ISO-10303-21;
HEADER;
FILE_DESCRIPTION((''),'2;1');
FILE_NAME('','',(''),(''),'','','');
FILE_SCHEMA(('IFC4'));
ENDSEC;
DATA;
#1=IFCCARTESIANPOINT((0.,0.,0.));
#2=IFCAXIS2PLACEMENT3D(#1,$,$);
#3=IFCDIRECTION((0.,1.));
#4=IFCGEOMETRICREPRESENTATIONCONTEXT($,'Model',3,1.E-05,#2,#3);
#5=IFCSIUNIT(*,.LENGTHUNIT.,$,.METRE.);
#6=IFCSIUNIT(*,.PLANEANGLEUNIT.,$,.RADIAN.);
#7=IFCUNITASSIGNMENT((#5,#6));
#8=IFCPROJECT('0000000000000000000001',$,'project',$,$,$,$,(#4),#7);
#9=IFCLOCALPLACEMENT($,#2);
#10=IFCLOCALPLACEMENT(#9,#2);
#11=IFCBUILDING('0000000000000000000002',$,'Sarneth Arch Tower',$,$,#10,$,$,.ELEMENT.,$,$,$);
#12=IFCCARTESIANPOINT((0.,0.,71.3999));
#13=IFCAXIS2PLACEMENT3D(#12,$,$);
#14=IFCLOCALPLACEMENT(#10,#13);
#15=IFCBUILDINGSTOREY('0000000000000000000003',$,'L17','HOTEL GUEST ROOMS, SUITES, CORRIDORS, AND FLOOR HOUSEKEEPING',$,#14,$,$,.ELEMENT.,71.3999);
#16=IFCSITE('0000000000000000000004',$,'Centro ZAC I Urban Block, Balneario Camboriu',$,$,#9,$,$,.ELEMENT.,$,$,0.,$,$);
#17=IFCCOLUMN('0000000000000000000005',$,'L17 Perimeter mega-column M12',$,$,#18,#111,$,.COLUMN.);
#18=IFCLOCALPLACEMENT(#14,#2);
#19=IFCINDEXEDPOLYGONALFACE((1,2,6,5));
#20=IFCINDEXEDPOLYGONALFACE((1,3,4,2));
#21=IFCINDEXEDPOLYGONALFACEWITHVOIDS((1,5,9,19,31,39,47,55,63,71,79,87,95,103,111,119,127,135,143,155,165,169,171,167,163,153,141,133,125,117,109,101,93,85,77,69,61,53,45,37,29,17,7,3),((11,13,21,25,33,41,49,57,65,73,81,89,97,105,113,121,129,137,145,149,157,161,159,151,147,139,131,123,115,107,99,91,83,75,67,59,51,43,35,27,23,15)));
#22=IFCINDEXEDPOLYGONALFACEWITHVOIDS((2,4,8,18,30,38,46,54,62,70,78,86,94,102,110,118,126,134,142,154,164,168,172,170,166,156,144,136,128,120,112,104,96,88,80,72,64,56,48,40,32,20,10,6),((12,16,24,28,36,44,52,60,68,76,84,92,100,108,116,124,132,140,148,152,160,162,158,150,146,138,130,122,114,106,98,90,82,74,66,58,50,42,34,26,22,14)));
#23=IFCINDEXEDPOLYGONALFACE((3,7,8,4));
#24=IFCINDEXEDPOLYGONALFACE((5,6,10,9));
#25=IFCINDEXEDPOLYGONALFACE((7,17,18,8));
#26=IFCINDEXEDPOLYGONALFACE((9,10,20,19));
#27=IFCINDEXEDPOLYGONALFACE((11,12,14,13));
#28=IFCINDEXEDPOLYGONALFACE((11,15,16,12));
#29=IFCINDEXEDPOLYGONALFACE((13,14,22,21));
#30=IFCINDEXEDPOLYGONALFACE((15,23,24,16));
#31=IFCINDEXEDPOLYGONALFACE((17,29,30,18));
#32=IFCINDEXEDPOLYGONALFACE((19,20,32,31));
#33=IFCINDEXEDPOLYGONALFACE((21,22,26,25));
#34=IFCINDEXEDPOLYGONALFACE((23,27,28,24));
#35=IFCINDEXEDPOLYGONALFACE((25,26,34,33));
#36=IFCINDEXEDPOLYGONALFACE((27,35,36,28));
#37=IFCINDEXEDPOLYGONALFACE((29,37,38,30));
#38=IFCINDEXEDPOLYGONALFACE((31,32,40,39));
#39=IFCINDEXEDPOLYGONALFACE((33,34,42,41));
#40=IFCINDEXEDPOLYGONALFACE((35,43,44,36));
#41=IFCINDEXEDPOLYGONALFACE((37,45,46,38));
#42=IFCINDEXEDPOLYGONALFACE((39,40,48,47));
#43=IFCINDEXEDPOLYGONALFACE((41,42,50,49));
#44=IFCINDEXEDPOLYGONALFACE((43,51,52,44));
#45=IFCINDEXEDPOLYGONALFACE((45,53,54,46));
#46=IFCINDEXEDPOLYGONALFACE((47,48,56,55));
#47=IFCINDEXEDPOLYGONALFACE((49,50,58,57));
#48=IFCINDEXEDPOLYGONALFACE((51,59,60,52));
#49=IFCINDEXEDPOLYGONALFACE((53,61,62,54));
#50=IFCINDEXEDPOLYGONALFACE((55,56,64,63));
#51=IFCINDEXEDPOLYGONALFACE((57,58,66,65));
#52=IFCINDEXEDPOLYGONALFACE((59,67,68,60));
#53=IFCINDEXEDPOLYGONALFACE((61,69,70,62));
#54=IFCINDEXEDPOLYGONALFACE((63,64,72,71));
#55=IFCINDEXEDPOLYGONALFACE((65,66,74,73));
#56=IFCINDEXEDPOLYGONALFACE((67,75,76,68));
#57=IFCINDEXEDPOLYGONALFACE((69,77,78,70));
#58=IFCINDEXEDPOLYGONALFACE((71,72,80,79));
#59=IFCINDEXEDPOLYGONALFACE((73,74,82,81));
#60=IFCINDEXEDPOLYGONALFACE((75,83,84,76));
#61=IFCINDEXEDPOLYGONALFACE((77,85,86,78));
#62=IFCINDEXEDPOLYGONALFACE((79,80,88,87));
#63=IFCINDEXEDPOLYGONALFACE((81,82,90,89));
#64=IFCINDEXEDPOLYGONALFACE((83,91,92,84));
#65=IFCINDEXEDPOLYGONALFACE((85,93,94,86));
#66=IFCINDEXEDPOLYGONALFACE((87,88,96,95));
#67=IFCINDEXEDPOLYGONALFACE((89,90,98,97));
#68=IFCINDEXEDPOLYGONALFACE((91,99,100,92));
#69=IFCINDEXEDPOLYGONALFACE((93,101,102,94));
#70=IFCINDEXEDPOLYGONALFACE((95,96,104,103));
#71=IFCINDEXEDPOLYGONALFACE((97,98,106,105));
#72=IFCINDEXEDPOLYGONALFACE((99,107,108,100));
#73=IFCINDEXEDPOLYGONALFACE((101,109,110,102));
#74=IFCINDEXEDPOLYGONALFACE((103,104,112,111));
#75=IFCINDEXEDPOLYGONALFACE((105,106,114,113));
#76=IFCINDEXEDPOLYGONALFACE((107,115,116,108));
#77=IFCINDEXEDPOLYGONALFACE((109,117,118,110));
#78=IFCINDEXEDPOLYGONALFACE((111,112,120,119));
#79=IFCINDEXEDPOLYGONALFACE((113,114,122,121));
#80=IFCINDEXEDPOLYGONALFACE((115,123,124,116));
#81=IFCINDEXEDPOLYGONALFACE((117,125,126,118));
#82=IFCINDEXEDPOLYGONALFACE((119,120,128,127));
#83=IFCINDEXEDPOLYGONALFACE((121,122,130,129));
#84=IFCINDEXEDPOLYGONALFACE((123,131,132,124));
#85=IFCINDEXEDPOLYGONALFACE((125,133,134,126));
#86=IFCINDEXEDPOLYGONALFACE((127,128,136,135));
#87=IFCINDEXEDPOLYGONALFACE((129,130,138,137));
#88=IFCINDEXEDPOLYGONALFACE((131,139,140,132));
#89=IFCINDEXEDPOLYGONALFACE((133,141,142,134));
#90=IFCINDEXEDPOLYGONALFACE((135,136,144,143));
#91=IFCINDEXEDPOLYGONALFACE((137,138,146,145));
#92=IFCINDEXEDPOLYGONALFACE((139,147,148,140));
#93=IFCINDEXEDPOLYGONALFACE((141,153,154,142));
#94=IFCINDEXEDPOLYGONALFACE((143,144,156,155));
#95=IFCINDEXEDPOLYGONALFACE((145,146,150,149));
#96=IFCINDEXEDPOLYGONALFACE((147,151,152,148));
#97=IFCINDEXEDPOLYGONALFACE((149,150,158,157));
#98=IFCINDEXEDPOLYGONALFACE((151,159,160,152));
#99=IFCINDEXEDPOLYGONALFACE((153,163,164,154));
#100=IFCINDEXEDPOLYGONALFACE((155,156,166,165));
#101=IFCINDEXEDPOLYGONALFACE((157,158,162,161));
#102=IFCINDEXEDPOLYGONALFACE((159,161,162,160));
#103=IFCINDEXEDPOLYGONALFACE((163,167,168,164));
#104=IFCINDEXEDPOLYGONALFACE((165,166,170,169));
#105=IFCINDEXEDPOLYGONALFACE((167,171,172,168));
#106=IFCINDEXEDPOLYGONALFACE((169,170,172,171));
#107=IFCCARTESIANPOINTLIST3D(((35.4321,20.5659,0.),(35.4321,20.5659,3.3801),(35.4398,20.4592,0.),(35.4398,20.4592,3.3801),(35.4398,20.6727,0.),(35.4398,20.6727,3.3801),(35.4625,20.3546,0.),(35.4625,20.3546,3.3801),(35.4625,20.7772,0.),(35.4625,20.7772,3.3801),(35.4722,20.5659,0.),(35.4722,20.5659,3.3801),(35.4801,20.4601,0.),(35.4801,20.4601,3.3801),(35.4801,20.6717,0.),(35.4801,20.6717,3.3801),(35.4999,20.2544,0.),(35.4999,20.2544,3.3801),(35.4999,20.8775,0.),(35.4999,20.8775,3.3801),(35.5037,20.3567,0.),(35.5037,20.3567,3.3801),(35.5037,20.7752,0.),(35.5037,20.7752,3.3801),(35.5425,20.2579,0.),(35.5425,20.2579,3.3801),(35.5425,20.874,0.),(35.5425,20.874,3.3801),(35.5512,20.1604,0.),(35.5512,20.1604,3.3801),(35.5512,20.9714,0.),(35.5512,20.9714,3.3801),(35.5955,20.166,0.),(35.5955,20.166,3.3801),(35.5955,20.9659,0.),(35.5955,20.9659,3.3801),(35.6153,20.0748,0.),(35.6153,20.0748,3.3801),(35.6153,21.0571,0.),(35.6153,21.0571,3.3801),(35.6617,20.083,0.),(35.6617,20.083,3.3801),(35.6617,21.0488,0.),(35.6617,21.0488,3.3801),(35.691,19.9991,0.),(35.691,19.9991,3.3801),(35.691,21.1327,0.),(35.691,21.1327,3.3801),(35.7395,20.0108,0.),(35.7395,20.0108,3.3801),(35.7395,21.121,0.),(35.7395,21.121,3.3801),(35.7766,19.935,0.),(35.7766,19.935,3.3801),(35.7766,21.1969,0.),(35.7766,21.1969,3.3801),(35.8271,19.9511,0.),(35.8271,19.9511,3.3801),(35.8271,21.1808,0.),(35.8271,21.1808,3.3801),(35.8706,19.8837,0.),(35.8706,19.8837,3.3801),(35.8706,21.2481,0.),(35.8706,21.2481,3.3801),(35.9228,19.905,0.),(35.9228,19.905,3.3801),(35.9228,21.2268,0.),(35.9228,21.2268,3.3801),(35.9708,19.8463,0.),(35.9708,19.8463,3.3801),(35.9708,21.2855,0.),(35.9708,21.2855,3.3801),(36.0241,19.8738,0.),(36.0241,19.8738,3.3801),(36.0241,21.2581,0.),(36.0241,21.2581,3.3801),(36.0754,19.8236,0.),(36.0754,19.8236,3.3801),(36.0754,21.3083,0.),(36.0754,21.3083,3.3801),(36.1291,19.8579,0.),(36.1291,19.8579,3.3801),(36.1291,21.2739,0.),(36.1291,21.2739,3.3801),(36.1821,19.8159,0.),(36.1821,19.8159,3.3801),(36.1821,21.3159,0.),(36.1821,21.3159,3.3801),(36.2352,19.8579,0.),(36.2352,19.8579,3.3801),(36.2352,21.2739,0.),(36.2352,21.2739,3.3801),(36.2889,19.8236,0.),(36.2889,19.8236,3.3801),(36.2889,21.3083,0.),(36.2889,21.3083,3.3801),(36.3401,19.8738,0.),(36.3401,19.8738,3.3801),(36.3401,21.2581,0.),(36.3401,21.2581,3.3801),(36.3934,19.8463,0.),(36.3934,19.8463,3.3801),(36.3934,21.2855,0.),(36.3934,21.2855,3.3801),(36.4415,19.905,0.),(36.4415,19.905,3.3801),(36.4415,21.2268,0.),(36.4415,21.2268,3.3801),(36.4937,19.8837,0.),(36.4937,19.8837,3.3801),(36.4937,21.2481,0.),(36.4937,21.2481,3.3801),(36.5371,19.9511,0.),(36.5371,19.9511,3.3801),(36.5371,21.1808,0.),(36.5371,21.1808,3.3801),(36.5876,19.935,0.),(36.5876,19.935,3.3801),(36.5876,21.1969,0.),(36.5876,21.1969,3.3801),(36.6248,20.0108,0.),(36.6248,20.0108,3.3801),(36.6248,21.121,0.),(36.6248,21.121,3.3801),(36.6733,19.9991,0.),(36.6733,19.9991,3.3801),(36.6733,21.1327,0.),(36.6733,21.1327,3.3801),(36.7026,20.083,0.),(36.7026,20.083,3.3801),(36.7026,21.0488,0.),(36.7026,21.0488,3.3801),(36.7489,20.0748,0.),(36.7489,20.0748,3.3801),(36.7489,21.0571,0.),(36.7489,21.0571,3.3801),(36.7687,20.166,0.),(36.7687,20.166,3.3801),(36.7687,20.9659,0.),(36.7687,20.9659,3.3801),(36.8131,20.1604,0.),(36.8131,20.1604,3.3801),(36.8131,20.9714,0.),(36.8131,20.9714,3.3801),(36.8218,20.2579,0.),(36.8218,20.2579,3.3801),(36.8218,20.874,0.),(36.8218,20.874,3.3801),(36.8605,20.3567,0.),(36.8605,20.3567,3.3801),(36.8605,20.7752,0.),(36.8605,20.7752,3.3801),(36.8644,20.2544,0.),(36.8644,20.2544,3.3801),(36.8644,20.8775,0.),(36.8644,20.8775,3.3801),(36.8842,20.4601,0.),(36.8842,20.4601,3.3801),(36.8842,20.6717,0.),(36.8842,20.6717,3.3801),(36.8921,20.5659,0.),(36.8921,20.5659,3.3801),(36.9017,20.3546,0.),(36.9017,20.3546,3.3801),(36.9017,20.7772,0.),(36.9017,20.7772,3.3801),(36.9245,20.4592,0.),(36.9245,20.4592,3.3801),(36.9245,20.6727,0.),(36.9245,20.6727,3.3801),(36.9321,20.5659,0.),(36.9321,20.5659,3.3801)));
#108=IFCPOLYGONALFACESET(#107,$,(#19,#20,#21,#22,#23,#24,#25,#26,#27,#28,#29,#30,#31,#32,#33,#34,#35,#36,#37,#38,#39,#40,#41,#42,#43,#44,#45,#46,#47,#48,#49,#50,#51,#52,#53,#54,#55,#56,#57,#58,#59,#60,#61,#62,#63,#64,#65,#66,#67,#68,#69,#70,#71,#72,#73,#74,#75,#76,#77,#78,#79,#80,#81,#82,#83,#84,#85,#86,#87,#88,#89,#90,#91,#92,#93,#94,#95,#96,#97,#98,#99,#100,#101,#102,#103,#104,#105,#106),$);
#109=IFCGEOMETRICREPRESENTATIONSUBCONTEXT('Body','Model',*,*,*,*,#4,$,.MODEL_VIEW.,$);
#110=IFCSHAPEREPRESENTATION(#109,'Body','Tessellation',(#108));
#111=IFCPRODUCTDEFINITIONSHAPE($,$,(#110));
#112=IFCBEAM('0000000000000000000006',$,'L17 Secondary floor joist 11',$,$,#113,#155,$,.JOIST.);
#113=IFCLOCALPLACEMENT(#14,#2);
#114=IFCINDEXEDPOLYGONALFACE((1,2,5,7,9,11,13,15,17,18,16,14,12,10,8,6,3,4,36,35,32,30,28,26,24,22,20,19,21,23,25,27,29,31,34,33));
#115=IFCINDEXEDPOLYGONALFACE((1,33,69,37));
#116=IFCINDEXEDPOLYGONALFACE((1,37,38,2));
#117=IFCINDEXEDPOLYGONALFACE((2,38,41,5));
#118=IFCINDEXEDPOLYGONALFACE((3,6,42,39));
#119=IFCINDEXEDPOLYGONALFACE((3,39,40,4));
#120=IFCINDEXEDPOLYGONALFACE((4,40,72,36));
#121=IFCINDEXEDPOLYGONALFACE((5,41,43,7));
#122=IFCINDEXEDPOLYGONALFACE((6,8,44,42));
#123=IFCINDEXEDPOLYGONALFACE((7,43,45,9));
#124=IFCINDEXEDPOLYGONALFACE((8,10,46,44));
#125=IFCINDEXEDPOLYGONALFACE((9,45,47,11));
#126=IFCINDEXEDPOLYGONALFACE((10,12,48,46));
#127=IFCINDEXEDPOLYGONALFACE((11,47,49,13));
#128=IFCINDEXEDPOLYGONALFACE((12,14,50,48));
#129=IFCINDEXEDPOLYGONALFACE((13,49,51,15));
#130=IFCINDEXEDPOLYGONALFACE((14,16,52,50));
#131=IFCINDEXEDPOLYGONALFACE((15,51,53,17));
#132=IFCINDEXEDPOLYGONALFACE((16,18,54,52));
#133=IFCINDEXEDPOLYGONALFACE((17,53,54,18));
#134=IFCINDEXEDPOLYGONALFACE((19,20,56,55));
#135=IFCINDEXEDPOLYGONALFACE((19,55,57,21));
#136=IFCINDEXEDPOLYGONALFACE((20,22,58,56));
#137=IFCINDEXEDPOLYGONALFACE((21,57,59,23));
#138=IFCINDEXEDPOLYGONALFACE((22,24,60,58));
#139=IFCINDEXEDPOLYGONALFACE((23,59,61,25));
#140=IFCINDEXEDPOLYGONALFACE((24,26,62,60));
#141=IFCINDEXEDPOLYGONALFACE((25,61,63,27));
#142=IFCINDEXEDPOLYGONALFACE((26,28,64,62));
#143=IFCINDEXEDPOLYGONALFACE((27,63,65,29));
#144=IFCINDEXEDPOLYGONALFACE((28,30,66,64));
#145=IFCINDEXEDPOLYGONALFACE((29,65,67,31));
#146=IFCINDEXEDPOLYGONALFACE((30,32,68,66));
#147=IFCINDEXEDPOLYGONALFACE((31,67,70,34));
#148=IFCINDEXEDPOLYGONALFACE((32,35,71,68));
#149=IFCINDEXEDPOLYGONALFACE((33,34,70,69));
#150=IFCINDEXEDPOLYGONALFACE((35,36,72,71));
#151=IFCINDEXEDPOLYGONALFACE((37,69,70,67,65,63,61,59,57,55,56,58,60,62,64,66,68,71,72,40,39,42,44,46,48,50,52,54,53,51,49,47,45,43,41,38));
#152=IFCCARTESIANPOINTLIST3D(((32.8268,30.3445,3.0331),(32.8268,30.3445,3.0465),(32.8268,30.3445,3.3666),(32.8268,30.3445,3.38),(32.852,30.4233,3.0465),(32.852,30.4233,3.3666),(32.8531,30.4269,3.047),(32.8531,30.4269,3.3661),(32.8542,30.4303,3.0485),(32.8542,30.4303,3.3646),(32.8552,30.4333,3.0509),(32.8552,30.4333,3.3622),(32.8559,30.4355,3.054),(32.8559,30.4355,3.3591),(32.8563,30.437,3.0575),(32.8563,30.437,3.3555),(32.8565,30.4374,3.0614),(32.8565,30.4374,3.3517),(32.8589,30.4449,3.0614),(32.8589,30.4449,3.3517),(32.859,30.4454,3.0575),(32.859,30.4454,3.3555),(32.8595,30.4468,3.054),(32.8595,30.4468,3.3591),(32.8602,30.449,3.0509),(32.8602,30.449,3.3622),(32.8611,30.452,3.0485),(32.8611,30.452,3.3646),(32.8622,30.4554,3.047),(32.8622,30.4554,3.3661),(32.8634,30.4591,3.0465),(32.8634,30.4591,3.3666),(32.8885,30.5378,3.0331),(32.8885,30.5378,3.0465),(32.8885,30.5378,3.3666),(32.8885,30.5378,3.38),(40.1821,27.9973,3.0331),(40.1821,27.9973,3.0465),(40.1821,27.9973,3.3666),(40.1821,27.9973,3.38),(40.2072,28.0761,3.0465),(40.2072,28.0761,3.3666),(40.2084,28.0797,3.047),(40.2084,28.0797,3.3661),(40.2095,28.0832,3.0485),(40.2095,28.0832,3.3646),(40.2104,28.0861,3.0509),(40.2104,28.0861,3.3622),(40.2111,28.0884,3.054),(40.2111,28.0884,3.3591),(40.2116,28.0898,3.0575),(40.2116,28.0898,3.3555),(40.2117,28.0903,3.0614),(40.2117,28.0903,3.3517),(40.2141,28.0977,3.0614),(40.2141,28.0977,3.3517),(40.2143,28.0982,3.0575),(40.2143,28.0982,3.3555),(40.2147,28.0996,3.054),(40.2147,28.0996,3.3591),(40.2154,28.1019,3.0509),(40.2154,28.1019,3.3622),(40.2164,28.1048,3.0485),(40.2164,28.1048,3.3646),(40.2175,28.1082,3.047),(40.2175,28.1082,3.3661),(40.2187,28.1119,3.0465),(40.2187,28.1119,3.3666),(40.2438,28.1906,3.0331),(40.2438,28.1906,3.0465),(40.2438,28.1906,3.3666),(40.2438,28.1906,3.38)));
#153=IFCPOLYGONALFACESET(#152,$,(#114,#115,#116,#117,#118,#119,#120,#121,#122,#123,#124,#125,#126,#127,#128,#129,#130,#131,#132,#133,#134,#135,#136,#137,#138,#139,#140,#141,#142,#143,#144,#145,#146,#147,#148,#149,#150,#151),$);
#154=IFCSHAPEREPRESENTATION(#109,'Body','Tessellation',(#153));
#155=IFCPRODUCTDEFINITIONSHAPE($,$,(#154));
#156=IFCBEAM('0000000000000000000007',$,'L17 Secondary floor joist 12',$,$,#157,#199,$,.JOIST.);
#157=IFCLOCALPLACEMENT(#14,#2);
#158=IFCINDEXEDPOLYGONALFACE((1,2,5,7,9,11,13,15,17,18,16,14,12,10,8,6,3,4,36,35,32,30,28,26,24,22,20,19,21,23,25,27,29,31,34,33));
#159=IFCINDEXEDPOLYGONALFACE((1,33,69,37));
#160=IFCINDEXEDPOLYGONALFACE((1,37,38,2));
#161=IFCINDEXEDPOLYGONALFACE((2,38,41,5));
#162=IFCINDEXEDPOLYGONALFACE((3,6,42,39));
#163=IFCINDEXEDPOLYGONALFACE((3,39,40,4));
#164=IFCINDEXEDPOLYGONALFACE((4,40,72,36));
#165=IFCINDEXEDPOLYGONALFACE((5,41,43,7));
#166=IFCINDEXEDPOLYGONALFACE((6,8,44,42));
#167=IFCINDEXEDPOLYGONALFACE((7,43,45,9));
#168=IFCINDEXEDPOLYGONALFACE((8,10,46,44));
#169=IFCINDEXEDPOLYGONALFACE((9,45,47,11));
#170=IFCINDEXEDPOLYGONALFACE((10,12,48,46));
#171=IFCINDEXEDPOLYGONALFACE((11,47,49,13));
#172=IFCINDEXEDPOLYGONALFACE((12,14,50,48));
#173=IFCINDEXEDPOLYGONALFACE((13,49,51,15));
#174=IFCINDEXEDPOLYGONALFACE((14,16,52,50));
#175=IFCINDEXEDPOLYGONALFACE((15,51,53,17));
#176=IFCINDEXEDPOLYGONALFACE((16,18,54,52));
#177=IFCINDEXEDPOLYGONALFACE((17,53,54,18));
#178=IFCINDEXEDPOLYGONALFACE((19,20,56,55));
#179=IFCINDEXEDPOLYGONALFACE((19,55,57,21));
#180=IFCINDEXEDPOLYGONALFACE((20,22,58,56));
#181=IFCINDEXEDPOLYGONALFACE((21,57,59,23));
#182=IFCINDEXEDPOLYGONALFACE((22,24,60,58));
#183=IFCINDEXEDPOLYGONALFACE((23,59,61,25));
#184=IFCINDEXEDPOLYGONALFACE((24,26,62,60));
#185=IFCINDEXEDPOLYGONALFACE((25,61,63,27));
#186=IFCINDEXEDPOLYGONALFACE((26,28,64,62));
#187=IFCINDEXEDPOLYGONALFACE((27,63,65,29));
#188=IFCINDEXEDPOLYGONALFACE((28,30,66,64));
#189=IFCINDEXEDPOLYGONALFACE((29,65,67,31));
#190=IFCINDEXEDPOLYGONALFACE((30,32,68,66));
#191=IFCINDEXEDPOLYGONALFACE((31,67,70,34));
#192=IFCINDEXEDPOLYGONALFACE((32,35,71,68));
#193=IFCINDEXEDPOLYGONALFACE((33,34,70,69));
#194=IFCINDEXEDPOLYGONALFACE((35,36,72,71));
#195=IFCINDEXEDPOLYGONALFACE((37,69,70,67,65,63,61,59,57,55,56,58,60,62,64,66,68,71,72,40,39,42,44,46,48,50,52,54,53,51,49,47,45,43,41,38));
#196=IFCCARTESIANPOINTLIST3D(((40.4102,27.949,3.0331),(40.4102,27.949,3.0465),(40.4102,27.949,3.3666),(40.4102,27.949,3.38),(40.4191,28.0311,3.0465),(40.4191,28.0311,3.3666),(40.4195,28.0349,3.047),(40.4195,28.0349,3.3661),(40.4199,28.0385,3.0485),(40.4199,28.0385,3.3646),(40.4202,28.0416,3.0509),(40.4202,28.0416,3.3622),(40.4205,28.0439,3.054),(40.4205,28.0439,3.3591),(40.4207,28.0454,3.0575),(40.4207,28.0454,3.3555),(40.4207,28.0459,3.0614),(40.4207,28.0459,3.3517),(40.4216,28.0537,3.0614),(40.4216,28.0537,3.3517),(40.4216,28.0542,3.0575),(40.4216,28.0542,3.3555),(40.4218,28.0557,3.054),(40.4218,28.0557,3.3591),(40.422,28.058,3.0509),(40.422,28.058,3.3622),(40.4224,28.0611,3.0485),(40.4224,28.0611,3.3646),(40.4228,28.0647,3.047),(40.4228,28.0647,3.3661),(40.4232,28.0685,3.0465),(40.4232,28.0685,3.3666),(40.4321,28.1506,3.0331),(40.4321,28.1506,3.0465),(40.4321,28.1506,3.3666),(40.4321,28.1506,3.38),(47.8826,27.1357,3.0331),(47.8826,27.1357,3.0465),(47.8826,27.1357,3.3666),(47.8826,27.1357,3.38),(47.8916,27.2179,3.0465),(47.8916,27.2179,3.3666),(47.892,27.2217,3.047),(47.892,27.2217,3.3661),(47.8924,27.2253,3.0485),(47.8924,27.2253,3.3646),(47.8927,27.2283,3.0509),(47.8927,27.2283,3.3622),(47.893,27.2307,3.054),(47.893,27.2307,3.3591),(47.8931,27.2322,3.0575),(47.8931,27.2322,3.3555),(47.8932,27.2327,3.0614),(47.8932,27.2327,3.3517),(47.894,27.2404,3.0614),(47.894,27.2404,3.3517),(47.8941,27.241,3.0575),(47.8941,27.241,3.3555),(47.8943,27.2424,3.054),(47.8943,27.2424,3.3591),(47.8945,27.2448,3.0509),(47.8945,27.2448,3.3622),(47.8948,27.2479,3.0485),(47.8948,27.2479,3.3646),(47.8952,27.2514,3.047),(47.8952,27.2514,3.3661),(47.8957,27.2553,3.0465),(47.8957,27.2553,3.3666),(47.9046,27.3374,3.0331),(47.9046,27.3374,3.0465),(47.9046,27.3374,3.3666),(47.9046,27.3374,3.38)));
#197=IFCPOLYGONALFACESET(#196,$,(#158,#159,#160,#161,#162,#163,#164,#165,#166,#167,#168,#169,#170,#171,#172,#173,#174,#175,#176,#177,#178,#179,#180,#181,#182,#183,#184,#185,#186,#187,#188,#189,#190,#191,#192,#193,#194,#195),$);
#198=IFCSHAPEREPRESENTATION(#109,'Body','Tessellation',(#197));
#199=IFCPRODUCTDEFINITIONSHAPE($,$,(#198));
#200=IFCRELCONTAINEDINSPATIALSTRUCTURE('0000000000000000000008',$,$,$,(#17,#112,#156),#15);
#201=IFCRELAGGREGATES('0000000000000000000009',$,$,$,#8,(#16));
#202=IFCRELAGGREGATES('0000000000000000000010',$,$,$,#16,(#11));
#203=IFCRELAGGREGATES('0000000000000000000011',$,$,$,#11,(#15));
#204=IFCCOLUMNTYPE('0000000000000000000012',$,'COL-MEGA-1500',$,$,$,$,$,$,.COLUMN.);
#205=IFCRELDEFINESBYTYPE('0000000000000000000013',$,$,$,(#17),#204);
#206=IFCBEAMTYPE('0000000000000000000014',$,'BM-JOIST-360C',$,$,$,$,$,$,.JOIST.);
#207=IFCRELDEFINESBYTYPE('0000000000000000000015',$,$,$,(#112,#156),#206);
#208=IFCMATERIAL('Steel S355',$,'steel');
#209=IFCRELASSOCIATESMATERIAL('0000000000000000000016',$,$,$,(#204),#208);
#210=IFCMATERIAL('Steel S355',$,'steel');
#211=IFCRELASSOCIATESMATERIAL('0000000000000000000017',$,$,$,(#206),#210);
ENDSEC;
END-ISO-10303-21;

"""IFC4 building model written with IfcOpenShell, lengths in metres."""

from ifc_helpers import new_model, si_unit, direction, frame, origin, origin_2d, place, context, subcontext, project, spatial, hollow_circle, i_section, extrude, material, material_profile, profile_set, type_object, element, save


model = new_model("IFC4")

# Units and contexts
model_context = context("Model", 3, precision=1e-05, world=origin(), true_north=direction((0.0, 1.0)))
body_context = subcontext(model_context, "Body", "Model", "MODEL_VIEW")
ifc_project = project(units=[si_unit("LENGTHUNIT", "METRE"), si_unit("PLANEANGLEUNIT", "RADIAN")], contexts=[model_context])

# Site, building, storey
site_placement = place(None, origin())
site = spatial("IfcSite", under=ifc_project, at=site_placement, Name="Centro ZAC I Urban Block, Balneario Camboriu", CompositionType="ELEMENT", RefElevation=0.0)
building_placement = place(site_placement, origin())
building = spatial("IfcBuilding", under=site, at=building_placement, Name="Sarneth Arch Tower", CompositionType="ELEMENT")
storey_placement = place(building_placement, frame((0.0, 0.0, 71.3999)))
storey = spatial("IfcBuildingStorey", under=building, at=storey_placement, Name="L17", Description="HOTEL GUEST ROOMS, SUITES, CORRIDORS, AND FLOOR HOUSEKEEPING", CompositionType="ELEMENT", Elevation=71.3999)

# Column
ifc_material_1 = material(Name="Steel S355", Category="steel")
ifc_material_profile_1 = material_profile(ifc_material_1, hollow_circle(Radius=0.75, WallThickness=0.04, at=origin_2d()), Name="CHS1500x40")
ifc_profile_set_1 = profile_set([ifc_material_profile_1], Name="Steel S355")
column_type = type_object("IfcColumnType", Name="COL-MEGA-1500", PredefinedType="COLUMN", material=ifc_profile_set_1)
column_placement = place(storey_placement, frame((36.1821, 20.5659, 0.0), z_axis=(0.0, 0.0, 1.0), x_axis=(1.0, 0.0, 0.0)))
element("IfcColumn", 1, at=column_placement, inside=storey, type_object=column_type, Name="L17 Perimeter mega-column M12", PredefinedType="COLUMN", context=body_context, shape_type="SweptSolid", body=[
    extrude(hollow_circle(Radius=0.75, WallThickness=0.04, at=origin_2d()), origin(), (0.0, 0.0, 1.0), 3.3801),
])

# Beams
ifc_material_2 = material(Name="Steel S355", Category="steel")
ifc_material_profile_2 = material_profile(ifc_material_2, i_section(OverallWidth=0.2029, OverallDepth=0.3469, WebThickness=0.0078, FlangeThickness=0.0134, FilletRadius=0.0149, at=origin_2d()), Name="W360x64")
ifc_profile_set_2 = profile_set([ifc_material_profile_2], Name="Steel S355")
beam_type_1 = type_object("IfcBeamType", Name="BM-JOIST-360C", PredefinedType="JOIST", material=ifc_profile_set_2)
beam_1_placement = place(storey_placement, frame((32.8577, 30.4412, 3.2065), z_axis=(0.952668, -0.304011, 0.0), x_axis=(0.304011, 0.952668, 0.0)))
element("IfcBeam", 2, at=beam_1_placement, inside=storey, type_object=beam_type_1, Name="L17 Secondary floor joist 11", PredefinedType="JOIST", context=body_context, shape_type="SweptSolid", body=[
    extrude(i_section(OverallWidth=0.2029, OverallDepth=0.3469, WebThickness=0.0078, FlangeThickness=0.0134, FilletRadius=0.0149, at=origin_2d()), origin(), (0.0, 0.0, 1.0), 7.7207),
])
beam_2_placement = place(storey_placement, frame((40.4211, 28.0498, 3.2065), z_axis=(0.99413, -0.108192, 0.0), x_axis=(0.108192, 0.99413, 0.0)))
element("IfcBeam", 3, at=beam_2_placement, inside=storey, type_object=beam_type_1, Name="L17 Secondary floor joist 12", PredefinedType="JOIST", context=body_context, shape_type="SweptSolid", body=[
    extrude(i_section(OverallWidth=0.2029, OverallDepth=0.3469, WebThickness=0.0078, FlangeThickness=0.0134, FilletRadius=0.0149, at=origin_2d()), origin(), (0.0, 0.0, 1.0), 7.5166),
])

save(model, "model.ifc")
